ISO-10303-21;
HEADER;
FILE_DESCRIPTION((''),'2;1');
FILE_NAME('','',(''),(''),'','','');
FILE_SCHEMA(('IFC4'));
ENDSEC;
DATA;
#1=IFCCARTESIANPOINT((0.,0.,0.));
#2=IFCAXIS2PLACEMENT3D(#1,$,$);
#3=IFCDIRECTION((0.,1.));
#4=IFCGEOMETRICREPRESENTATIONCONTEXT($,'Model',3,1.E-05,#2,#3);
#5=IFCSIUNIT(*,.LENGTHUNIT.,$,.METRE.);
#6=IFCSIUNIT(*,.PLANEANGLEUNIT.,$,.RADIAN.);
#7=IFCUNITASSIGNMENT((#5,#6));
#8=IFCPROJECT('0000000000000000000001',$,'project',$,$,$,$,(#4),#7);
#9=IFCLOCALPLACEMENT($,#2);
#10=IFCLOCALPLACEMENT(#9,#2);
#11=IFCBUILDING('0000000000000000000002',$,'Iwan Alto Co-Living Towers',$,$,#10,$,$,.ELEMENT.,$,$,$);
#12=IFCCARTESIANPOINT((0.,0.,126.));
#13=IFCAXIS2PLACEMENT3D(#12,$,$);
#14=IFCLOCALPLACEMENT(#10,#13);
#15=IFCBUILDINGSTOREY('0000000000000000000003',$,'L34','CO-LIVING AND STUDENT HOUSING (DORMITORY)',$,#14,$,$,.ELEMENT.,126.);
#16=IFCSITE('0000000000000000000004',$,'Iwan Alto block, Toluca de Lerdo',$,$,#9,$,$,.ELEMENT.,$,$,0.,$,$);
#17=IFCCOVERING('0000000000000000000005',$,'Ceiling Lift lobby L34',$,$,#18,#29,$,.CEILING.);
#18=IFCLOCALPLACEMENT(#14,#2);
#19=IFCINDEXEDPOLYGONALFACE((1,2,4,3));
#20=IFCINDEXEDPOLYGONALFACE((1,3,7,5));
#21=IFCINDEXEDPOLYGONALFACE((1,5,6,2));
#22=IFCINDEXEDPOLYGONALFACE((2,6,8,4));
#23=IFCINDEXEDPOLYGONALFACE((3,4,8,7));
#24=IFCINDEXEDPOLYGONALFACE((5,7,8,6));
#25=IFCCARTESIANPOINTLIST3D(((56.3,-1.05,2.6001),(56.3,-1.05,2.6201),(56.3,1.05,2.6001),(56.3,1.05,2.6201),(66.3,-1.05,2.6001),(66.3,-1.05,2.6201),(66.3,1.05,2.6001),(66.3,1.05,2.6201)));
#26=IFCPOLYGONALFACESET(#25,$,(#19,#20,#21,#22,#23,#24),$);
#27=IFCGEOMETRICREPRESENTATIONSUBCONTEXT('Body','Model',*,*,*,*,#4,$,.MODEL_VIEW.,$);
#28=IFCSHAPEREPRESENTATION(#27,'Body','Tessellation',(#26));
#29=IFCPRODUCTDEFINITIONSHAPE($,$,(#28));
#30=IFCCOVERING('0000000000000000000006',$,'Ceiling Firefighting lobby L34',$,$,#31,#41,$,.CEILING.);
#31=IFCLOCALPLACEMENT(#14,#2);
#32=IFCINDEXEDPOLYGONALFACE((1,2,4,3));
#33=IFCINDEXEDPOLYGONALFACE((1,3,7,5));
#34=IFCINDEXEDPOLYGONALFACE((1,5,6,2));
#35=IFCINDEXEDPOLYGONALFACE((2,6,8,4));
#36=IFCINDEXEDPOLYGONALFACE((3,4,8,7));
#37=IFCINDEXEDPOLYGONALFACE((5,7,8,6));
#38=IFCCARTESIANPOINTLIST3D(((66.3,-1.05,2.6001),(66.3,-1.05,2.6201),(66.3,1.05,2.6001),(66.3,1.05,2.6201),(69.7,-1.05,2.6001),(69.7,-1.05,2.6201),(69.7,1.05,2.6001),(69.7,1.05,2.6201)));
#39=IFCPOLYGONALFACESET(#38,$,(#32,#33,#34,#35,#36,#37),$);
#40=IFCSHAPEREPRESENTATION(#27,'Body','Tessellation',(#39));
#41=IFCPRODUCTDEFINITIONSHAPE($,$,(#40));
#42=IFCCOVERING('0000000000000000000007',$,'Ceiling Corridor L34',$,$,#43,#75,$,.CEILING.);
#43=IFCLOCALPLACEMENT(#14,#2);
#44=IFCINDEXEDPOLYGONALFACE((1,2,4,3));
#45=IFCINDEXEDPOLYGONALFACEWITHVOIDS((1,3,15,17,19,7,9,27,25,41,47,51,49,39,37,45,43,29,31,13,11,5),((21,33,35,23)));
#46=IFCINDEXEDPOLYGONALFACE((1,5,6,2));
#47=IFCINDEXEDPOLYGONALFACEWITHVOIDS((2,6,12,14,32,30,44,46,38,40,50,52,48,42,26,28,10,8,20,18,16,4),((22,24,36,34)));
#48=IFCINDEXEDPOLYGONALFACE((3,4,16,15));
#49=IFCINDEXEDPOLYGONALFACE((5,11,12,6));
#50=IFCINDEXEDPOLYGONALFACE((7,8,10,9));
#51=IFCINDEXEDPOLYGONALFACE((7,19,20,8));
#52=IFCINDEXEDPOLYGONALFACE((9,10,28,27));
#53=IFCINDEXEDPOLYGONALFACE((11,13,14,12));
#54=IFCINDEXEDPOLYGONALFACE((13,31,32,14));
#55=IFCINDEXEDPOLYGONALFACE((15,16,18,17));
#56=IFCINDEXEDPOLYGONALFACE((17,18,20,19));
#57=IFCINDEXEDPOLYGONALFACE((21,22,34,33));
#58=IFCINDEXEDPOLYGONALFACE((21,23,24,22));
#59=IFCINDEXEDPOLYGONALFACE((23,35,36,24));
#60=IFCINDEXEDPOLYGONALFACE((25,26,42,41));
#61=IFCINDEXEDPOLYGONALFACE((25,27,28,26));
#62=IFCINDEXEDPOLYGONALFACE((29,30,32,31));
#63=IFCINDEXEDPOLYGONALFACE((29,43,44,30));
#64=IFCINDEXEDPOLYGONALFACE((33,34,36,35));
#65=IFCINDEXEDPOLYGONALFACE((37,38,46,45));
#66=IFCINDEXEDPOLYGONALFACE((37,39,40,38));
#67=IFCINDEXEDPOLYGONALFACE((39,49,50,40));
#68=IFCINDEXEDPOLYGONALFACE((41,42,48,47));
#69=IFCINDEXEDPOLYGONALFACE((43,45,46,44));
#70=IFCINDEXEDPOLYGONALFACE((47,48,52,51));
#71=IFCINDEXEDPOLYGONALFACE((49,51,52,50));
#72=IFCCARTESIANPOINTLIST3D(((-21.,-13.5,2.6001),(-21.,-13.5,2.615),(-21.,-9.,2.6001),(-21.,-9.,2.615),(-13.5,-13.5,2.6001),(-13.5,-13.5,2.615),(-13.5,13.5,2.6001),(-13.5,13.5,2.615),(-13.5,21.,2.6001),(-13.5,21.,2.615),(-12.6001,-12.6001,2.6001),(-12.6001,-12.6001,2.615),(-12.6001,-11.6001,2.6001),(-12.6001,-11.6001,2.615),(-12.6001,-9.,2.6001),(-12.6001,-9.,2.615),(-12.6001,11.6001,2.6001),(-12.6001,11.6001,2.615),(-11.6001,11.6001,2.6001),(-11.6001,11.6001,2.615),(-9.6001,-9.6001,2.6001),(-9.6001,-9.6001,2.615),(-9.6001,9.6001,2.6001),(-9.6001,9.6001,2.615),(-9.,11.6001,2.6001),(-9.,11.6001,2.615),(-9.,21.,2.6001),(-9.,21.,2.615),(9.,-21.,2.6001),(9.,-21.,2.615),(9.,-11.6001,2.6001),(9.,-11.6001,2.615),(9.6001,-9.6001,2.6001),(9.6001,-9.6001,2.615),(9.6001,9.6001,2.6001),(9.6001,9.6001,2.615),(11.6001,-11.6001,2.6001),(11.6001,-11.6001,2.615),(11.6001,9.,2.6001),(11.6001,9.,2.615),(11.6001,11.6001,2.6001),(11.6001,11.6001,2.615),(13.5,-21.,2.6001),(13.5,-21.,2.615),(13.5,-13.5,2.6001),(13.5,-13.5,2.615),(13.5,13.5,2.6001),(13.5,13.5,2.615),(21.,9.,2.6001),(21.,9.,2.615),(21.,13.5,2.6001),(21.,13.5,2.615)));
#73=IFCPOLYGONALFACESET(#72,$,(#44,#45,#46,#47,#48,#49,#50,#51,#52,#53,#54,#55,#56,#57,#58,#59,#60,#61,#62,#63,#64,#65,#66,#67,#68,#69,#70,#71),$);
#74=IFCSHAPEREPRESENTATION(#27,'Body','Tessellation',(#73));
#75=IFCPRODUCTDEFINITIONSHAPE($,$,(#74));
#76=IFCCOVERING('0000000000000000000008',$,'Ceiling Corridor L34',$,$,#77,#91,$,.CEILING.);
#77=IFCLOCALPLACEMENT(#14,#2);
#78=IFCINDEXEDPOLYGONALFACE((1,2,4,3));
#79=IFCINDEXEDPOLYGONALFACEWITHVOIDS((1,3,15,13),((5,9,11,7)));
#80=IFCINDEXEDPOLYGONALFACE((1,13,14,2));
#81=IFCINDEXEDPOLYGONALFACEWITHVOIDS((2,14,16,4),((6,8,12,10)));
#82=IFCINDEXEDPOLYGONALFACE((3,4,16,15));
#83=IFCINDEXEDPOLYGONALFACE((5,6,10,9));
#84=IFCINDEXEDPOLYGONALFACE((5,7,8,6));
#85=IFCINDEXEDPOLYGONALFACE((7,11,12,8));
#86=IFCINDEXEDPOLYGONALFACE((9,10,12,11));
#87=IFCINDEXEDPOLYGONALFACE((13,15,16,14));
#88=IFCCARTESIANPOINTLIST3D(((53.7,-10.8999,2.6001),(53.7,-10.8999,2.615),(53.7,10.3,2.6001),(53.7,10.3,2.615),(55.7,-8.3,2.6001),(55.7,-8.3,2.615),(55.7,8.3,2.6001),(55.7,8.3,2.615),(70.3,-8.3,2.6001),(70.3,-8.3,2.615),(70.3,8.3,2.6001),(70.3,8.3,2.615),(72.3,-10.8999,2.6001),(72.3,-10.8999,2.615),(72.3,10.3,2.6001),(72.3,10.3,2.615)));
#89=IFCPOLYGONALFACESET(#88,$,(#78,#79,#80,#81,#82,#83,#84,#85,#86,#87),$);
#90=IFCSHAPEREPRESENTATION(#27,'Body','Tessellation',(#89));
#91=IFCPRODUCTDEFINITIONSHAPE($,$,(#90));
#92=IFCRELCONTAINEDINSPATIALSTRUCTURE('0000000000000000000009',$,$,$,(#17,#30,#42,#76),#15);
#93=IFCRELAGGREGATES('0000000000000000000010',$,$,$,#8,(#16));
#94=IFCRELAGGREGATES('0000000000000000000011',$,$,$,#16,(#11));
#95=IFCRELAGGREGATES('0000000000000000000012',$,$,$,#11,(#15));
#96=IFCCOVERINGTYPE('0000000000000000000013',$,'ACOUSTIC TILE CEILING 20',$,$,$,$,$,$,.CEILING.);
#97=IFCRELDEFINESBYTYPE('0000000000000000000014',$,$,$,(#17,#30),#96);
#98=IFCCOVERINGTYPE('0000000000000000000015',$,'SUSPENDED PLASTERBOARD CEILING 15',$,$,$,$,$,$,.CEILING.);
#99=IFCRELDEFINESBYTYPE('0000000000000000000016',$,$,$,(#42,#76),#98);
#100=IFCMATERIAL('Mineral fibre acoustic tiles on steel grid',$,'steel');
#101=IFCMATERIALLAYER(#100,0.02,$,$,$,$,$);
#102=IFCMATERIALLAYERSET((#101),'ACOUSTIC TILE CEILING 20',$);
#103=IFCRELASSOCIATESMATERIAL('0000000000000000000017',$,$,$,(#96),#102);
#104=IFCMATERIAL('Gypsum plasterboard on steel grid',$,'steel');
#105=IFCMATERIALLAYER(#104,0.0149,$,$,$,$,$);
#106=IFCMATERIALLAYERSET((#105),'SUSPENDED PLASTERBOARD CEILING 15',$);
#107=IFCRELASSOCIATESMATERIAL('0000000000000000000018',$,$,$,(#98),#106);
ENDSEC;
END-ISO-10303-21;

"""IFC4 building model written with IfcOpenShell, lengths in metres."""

from ifc_helpers import new_model, si_unit, direction, frame, origin, place, context, subcontext, project, spatial, polyline, outline, extrude, material, layer, layer_set, type_object, element, save


model = new_model("IFC4")

# Units and contexts
model_context = context("Model", 3, precision=1e-05, world=origin(), true_north=direction((0.0, 1.0)))
body_context = subcontext(model_context, "Body", "Model", "MODEL_VIEW")
ifc_project = project(units=[si_unit("LENGTHUNIT", "METRE"), si_unit("PLANEANGLEUNIT", "RADIAN")], contexts=[model_context])

# Site, building, storey
site_placement = place(None, origin())
site = spatial("IfcSite", under=ifc_project, at=site_placement, Name="Iwan Alto block, Toluca de Lerdo", CompositionType="ELEMENT", RefElevation=0.0)
building_placement = place(site_placement, origin())
building = spatial("IfcBuilding", under=site, at=building_placement, Name="Iwan Alto Co-Living Towers", CompositionType="ELEMENT")
storey_placement = place(building_placement, frame((0.0, 0.0, 126.0)))
storey = spatial("IfcBuildingStorey", under=building, at=storey_placement, Name="L34", Description="CO-LIVING AND STUDENT HOUSING (DORMITORY)", CompositionType="ELEMENT", Elevation=126.0)

# Coverings
ifc_material_1 = material(Name="Mineral fibre acoustic tiles on steel grid", Category="steel")
ifc_layer_1 = layer(ifc_material_1, 0.02)
ifc_layer_set_1 = layer_set([ifc_layer_1], Name="ACOUSTIC TILE CEILING 20")
covering_type_1 = type_object("IfcCoveringType", Name="ACOUSTIC TILE CEILING 20", PredefinedType="CEILING", material=ifc_layer_set_1)
covering_1_placement = place(storey_placement, frame((0.0, 0.0, 2.6001)))
element("IfcCovering", 1, at=covering_1_placement, inside=storey, type_object=covering_type_1, Name="Ceiling Lift lobby L34", PredefinedType="CEILING", context=body_context, shape_type="SweptSolid", body=[
    extrude(outline(polyline([(56.3, -1.05), (56.3, 1.05), (66.3, 1.05), (66.3, -1.05), (56.3, -1.05)])), origin(), (0.0, 0.0, 1.0), 0.02),
])
covering_2_placement = place(storey_placement, frame((0.0, 0.0, 2.6001)))
element("IfcCovering", 2, at=covering_2_placement, inside=storey, type_object=covering_type_1, Name="Ceiling Firefighting lobby L34", PredefinedType="CEILING", context=body_context, shape_type="SweptSolid", body=[
    extrude(outline(polyline([(66.3, -1.05), (66.3, 1.05), (69.7, 1.05), (69.7, -1.05), (66.3, -1.05)])), origin(), (0.0, 0.0, 1.0), 0.02),
])
ifc_material_2 = material(Name="Gypsum plasterboard on steel grid", Category="steel")
ifc_layer_2 = layer(ifc_material_2, 0.0149)
ifc_layer_set_2 = layer_set([ifc_layer_2], Name="SUSPENDED PLASTERBOARD CEILING 15")
covering_type_2 = type_object("IfcCoveringType", Name="SUSPENDED PLASTERBOARD CEILING 15", PredefinedType="CEILING", material=ifc_layer_set_2)
covering_3_placement = place(storey_placement, frame((0.0, 0.0, 2.6001)))
element("IfcCovering", 3, at=covering_3_placement, inside=storey, type_object=covering_type_2, Name="Ceiling Corridor L34", PredefinedType="CEILING", context=body_context, shape_type="SweptSolid", body=[
    extrude(outline(polyline([(13.5, -21.0), (9.0, -21.0), (9.0, -11.6001), (-12.6001, -11.6001), (-12.6001, -12.6001), (-13.5, -13.5), (-21.0, -13.5), (-21.0, -9.0), (-12.6001, -9.0), (-12.6001, 11.6001), (-11.6001, 11.6001), (-13.5, 13.5), (-13.5, 21.0), (-9.0, 21.0), (-9.0, 11.6001), (11.6001, 11.6001), (13.5, 13.5), (21.0, 13.5), (21.0, 9.0), (11.6001, 9.0), (11.6001, -11.6001), (13.5, -13.5), (13.5, -21.0)]), holes=[polyline([(9.6001, -9.6001), (9.6001, 9.6001), (-9.6001, 9.6001), (-9.6001, -9.6001), (9.6001, -9.6001)])]), origin(), (0.0, 0.0, 1.0), 0.0149),
])
covering_4_placement = place(storey_placement, frame((0.0, 0.0, 2.6001)))
element("IfcCovering", 4, at=covering_4_placement, inside=storey, type_object=covering_type_2, Name="Ceiling Corridor L34", PredefinedType="CEILING", context=body_context, shape_type="SweptSolid", body=[
    extrude(outline(polyline([(53.7, 10.3), (72.3, 10.3), (72.3, -10.8999), (53.7, -10.8999), (53.7, 10.3)]), holes=[polyline([(55.7, 8.3), (55.7, -8.3), (70.3, -8.3), (70.3, 8.3), (55.7, 8.3)])]), origin(), (0.0, 0.0, 1.0), 0.0149),
])

save(model, "model.ifc")
